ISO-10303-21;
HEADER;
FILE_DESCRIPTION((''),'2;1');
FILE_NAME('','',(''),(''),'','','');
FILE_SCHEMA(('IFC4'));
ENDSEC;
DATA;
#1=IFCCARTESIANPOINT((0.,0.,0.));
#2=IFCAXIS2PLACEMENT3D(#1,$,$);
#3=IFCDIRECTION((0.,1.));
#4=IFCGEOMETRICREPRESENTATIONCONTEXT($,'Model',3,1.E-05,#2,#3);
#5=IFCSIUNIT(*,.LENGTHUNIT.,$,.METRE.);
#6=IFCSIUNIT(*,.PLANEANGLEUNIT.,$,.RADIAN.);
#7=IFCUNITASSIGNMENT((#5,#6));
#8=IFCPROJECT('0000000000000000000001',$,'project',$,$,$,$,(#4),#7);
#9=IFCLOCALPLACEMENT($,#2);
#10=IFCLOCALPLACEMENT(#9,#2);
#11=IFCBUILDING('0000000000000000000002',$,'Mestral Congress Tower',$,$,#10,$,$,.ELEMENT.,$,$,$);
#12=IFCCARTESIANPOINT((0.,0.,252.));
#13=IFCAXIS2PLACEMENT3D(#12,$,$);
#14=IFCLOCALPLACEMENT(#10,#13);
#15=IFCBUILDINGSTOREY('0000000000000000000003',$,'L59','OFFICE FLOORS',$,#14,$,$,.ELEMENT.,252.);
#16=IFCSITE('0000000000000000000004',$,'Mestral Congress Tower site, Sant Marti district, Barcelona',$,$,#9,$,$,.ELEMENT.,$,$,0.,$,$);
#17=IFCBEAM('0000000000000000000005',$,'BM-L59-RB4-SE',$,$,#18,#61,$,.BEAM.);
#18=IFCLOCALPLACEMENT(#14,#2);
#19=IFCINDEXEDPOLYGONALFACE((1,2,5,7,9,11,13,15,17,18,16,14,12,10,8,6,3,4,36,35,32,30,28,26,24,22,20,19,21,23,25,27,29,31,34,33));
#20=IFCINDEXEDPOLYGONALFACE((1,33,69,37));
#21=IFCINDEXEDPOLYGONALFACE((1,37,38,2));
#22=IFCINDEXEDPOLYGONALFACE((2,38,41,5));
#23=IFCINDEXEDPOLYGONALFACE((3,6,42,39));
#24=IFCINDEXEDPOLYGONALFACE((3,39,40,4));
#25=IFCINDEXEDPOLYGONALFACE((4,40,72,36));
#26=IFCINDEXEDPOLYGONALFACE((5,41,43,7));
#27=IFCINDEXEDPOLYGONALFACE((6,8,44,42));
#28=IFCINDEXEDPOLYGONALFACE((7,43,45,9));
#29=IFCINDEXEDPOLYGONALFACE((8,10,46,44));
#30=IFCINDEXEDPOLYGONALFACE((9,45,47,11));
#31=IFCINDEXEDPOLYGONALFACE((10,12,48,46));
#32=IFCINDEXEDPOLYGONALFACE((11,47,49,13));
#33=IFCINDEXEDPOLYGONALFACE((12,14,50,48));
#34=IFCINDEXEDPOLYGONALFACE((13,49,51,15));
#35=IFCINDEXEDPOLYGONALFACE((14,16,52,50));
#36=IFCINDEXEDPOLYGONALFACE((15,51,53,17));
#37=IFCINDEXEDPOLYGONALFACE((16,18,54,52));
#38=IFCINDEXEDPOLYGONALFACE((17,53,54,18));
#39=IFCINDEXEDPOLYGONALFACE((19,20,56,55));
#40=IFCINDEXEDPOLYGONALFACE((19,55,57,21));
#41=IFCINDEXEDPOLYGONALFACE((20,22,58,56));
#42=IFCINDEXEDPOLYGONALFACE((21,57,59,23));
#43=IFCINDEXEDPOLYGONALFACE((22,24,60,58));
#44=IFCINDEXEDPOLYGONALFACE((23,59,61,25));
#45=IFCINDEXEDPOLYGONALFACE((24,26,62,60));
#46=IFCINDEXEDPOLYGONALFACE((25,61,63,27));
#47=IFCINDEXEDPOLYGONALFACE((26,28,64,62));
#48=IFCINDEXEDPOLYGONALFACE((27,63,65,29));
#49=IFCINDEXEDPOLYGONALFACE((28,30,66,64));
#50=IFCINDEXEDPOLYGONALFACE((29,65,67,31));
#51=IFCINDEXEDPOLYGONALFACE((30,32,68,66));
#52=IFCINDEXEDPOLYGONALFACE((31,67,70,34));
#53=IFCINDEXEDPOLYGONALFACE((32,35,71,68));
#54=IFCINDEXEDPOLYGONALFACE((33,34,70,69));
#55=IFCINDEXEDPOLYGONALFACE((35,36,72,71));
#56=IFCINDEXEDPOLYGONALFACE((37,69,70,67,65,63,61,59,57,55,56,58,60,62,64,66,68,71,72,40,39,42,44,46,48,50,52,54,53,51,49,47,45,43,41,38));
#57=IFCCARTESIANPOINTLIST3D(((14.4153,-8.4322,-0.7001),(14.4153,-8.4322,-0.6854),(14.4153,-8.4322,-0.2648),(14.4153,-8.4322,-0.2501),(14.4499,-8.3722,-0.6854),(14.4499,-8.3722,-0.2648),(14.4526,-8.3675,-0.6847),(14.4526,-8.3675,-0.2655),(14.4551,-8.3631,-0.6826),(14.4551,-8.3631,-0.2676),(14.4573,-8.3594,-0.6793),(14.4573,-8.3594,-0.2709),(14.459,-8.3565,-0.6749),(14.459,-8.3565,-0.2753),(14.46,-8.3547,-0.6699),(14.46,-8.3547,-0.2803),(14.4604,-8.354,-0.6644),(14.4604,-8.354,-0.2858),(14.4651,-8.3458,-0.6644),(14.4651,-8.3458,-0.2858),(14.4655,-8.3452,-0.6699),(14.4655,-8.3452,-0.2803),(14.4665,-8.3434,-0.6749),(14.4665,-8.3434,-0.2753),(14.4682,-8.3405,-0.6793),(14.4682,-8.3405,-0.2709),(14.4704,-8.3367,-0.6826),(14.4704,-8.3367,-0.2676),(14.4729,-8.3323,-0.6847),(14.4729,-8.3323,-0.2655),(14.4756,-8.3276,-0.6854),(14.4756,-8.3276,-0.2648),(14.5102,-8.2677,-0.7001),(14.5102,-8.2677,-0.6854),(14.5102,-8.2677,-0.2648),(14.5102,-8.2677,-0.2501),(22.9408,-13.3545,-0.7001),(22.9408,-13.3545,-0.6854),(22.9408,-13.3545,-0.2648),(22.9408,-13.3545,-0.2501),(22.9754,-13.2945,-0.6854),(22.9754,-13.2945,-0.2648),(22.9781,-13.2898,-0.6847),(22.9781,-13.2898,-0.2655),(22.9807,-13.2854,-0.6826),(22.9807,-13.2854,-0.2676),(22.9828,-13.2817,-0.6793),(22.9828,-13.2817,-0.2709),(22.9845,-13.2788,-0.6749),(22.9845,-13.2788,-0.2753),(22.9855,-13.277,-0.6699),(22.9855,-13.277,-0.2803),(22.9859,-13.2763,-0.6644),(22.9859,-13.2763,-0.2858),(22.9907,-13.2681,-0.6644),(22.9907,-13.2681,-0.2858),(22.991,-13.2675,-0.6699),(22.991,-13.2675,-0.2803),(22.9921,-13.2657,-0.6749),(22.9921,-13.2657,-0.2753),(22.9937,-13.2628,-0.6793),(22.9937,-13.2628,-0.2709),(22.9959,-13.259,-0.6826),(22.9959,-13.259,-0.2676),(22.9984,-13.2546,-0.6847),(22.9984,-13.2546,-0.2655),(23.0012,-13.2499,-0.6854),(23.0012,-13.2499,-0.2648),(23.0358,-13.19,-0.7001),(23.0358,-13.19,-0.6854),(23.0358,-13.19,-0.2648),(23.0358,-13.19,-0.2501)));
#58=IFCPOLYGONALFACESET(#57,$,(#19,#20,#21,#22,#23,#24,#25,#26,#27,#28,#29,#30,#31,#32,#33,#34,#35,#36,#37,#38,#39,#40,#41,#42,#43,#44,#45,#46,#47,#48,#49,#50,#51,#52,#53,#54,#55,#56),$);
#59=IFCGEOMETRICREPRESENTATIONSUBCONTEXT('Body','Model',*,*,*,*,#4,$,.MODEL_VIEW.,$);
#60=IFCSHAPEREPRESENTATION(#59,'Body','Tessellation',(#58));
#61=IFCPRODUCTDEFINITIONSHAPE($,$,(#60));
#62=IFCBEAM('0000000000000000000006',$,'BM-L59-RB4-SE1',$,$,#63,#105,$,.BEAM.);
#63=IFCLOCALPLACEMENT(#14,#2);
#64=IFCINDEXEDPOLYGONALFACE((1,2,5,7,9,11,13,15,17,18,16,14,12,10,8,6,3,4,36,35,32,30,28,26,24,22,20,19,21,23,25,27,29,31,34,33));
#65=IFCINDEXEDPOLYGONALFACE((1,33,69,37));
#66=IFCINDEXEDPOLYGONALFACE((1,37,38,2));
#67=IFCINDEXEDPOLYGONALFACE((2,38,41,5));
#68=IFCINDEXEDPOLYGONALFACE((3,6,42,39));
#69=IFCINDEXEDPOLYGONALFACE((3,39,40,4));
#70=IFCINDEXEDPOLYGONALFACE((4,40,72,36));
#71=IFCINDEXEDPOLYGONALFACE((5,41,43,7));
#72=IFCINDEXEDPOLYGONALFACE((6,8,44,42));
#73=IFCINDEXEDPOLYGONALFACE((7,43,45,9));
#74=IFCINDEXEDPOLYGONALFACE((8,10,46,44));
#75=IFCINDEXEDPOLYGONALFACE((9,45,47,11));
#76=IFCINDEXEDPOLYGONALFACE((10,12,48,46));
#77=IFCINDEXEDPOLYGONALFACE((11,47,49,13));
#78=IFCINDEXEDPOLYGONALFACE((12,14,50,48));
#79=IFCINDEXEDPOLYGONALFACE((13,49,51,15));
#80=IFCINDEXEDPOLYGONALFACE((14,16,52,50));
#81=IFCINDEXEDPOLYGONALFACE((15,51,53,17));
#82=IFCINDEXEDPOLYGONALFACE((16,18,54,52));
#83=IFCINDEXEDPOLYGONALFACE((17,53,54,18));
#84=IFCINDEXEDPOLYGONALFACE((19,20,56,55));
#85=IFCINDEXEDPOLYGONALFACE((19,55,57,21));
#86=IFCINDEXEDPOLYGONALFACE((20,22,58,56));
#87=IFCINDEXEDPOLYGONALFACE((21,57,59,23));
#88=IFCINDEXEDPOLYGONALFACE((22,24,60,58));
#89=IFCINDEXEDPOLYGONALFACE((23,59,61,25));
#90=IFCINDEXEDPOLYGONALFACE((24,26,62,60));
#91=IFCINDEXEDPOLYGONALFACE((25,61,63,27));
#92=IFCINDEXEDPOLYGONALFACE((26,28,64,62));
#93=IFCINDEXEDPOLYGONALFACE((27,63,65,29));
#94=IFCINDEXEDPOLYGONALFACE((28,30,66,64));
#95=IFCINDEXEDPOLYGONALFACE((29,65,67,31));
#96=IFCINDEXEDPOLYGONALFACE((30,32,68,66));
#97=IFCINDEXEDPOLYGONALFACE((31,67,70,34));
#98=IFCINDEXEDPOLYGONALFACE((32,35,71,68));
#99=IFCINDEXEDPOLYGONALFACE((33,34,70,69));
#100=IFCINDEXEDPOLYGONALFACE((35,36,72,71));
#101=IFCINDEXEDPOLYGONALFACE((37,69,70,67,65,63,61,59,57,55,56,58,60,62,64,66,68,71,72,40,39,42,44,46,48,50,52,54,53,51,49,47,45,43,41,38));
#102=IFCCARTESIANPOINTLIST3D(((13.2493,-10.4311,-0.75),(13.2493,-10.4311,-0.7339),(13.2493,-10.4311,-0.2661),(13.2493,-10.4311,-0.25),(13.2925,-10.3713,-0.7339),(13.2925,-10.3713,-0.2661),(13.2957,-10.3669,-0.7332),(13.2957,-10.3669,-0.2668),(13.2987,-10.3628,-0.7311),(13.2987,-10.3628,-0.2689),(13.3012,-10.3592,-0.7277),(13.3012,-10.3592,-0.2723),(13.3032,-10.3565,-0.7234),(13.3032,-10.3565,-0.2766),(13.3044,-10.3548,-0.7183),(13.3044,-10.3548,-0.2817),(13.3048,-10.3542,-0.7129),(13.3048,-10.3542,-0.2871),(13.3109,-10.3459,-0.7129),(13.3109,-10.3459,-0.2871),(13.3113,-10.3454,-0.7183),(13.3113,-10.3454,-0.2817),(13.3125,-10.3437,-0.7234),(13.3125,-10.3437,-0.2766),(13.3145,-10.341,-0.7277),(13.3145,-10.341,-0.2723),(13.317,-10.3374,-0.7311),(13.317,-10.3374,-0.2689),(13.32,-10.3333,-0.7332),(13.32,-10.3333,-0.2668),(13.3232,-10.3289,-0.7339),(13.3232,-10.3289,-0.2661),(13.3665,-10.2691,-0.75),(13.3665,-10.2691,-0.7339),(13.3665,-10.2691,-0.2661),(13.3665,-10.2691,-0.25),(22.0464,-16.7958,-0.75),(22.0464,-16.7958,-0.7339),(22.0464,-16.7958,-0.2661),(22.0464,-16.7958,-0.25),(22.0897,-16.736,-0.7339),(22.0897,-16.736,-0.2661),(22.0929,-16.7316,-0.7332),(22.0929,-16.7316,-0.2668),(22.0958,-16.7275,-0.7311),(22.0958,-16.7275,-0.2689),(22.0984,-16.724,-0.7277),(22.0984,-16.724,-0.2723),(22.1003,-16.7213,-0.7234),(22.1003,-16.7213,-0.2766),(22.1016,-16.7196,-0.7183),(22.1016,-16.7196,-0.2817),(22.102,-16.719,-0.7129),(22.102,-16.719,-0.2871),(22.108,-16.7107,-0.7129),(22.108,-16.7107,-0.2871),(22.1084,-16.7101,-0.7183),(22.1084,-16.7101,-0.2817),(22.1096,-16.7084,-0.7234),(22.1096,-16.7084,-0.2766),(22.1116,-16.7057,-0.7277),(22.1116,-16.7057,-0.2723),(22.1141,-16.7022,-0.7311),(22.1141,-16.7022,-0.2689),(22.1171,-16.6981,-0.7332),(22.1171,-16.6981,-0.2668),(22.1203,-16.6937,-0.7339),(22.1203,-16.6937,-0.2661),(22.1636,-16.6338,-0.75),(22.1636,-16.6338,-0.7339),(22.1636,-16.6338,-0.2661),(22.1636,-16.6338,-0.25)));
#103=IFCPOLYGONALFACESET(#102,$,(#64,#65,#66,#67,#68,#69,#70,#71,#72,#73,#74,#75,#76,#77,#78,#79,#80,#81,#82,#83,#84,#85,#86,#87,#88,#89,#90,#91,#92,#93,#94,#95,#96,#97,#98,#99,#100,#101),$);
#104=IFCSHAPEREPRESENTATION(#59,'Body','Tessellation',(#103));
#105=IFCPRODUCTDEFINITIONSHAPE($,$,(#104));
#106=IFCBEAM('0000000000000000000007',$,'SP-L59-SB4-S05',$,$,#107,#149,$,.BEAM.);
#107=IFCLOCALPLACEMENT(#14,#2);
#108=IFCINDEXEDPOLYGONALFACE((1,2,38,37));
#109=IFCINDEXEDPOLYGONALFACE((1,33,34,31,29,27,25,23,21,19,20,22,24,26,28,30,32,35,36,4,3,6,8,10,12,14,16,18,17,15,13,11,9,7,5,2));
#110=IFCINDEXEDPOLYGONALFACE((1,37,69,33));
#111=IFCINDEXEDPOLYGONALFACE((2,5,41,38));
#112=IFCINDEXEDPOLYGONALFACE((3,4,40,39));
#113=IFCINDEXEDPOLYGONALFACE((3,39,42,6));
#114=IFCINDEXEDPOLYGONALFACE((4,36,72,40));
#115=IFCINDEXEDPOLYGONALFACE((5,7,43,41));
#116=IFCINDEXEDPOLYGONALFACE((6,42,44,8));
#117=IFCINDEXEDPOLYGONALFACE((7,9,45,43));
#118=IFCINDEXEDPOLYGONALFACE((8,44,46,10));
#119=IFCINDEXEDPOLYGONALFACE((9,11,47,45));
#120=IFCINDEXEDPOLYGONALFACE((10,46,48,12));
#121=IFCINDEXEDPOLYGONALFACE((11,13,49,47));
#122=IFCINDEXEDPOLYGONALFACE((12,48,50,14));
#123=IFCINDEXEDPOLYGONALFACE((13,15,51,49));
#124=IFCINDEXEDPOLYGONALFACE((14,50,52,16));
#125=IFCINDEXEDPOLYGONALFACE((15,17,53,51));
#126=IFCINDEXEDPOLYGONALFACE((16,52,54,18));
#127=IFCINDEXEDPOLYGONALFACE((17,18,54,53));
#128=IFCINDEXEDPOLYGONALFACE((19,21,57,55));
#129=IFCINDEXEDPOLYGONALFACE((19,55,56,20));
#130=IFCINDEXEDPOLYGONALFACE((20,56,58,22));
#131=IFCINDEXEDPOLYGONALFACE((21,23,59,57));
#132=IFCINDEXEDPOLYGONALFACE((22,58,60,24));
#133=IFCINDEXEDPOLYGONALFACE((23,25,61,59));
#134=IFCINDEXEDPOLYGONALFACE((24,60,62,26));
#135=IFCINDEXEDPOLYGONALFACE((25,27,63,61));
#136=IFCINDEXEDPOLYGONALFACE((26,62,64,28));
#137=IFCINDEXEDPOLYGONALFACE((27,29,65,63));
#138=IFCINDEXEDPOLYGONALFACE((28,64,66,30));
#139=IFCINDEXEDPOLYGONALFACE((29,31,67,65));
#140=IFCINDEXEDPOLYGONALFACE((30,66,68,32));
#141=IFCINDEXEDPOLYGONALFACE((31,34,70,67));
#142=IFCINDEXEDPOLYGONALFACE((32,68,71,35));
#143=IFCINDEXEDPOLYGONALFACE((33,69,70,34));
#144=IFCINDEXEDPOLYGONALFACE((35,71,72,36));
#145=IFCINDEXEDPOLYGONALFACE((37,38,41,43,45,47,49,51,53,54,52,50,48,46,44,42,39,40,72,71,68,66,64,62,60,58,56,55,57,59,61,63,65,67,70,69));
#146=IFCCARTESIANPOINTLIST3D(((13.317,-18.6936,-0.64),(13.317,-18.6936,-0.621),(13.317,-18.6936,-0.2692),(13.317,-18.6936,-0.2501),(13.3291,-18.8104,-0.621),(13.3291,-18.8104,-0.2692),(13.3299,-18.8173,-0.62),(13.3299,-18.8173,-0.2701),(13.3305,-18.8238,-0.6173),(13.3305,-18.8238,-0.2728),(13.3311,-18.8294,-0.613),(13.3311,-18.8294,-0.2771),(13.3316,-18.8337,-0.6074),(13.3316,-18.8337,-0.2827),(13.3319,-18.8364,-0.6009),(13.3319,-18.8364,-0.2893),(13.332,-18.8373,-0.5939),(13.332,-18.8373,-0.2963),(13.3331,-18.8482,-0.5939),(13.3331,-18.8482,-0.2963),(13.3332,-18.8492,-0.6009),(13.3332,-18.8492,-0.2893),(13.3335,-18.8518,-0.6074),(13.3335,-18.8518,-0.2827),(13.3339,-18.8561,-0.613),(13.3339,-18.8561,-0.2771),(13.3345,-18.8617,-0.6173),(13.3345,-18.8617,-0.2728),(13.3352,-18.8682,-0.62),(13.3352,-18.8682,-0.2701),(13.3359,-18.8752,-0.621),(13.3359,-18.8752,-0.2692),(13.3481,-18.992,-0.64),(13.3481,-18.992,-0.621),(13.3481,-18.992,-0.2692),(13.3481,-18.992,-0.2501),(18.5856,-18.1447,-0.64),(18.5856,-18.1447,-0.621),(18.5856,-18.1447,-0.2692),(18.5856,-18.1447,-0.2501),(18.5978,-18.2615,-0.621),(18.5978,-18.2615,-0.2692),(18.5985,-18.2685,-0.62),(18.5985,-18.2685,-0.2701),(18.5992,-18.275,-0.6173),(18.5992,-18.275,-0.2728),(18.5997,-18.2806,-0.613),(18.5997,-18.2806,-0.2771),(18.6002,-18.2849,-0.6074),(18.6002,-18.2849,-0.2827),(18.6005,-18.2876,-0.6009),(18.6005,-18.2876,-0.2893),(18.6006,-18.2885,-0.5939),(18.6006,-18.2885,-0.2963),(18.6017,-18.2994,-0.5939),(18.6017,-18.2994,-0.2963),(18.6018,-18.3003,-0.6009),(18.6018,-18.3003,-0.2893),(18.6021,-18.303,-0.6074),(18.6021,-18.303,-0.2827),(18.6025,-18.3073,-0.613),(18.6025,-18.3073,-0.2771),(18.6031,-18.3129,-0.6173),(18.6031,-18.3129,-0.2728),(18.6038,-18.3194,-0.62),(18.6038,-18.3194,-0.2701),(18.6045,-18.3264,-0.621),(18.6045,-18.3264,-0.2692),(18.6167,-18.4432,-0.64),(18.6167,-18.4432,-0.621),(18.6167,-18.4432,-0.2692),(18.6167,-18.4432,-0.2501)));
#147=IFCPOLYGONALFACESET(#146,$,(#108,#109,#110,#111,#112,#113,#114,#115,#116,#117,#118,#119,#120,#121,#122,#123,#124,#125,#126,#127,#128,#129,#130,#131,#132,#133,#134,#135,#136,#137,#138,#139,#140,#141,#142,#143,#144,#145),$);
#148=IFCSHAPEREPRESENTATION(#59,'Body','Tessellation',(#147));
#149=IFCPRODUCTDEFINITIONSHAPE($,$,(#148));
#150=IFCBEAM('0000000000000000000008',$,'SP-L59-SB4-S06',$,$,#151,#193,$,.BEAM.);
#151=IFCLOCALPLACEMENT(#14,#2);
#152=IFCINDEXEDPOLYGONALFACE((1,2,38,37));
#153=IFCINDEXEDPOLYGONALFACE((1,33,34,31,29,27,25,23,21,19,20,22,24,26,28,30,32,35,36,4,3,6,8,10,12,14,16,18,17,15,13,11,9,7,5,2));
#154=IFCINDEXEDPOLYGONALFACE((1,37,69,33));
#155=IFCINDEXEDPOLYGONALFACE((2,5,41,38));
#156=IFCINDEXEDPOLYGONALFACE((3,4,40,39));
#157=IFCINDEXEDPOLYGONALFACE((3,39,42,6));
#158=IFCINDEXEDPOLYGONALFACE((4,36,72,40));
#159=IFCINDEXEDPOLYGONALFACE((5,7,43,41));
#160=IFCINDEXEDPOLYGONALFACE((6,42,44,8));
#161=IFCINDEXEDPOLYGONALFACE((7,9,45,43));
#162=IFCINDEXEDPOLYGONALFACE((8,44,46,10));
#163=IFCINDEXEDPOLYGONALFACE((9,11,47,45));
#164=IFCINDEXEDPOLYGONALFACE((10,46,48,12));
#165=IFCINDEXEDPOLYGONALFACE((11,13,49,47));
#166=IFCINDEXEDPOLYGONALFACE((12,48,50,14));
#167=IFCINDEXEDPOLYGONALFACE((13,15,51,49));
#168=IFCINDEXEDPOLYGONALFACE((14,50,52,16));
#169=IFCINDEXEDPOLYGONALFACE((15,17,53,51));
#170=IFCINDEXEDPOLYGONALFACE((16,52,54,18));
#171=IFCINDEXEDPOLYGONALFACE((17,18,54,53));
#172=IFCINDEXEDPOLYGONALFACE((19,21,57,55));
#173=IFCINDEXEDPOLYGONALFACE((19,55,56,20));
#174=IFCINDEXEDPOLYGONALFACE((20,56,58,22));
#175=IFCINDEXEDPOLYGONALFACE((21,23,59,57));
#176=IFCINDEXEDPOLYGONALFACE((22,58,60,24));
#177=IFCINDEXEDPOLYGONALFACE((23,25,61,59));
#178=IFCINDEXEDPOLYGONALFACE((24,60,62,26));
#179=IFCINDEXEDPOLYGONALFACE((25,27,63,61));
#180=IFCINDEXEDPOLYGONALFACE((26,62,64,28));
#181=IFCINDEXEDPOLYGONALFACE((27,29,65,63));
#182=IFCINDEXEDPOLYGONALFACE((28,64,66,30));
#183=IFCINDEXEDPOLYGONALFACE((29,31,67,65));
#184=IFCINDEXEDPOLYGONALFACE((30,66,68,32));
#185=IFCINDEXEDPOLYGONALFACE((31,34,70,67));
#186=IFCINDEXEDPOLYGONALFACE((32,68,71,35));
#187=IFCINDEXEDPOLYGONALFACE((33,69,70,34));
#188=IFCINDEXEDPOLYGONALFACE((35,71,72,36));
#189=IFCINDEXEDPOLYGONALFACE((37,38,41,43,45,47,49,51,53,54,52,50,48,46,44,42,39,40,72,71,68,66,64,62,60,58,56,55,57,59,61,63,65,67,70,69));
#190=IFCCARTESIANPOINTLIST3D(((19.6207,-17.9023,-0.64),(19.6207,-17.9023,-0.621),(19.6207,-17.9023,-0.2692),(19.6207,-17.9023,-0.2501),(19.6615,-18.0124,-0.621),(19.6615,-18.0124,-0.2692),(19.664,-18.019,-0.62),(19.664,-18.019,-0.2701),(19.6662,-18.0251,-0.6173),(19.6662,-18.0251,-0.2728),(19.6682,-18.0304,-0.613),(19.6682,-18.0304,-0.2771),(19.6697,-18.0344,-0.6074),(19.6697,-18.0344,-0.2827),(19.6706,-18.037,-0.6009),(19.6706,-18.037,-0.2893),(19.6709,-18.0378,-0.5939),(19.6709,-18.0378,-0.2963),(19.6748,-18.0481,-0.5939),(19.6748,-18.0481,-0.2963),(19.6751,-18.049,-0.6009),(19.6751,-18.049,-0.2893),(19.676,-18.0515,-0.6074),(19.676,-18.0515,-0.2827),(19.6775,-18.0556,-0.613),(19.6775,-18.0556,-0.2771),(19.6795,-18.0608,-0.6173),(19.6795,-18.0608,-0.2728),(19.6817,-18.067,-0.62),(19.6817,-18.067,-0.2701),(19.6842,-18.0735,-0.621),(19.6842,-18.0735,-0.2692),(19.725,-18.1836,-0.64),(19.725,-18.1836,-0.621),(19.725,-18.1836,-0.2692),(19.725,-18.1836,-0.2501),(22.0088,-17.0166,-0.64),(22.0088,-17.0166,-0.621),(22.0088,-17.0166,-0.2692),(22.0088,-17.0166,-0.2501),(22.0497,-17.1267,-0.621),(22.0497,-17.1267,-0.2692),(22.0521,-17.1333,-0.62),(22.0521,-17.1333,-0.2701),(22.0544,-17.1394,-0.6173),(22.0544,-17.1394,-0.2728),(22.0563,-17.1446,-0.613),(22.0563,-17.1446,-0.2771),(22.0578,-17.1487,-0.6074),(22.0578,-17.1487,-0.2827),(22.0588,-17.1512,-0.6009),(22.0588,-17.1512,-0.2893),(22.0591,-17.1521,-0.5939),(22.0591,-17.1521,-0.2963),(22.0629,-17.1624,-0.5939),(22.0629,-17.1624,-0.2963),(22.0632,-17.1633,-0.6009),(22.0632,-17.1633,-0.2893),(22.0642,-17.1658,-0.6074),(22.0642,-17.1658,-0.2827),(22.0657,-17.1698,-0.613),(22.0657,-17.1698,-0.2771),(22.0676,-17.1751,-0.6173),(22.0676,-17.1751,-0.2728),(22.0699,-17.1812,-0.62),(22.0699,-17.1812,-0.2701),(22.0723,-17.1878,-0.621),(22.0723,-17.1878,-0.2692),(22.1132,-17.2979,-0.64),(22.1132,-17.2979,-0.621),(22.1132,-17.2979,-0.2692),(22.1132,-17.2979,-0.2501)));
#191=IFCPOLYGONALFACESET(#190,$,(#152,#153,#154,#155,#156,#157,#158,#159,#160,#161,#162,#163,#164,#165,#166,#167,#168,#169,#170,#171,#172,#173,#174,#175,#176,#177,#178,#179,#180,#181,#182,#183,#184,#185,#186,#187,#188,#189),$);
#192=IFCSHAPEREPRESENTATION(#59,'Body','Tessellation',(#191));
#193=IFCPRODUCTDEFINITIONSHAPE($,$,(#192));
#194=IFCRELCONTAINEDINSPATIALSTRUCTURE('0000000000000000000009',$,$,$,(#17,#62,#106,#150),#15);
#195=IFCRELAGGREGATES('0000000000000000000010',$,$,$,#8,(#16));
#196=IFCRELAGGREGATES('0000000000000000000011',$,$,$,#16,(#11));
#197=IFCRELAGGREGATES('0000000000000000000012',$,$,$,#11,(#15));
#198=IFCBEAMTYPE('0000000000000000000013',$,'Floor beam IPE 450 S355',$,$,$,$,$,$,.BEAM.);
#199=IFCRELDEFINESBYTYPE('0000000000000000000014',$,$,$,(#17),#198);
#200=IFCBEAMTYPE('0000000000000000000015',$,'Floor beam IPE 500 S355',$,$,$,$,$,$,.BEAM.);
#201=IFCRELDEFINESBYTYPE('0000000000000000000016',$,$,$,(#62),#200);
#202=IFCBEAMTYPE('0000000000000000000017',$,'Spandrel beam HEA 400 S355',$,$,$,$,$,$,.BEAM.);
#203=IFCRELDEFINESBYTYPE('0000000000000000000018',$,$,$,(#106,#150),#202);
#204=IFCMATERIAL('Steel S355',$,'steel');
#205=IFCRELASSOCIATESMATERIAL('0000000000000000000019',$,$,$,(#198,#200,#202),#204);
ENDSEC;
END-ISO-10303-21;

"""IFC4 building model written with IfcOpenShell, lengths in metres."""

from ifc_helpers import new_model, si_unit, direction, frame, origin, origin_2d, place, context, subcontext, project, spatial, i_section, extrude, material, material_profile, profile_set, type_object, element, save


model = new_model("IFC4")

# Units and contexts
model_context = context("Model", 3, precision=1e-05, world=origin(), true_north=direction((0.0, 1.0)))
body_context = subcontext(model_context, "Body", "Model", "MODEL_VIEW")
ifc_project = project(units=[si_unit("LENGTHUNIT", "METRE"), si_unit("PLANEANGLEUNIT", "RADIAN")], contexts=[model_context])

# Site, building, storey
site_placement = place(None, origin())
site = spatial("IfcSite", under=ifc_project, at=site_placement, Name="Mestral Congress Tower site, Sant Marti district, Barcelona", CompositionType="ELEMENT", RefElevation=0.0)
building_placement = place(site_placement, origin())
building = spatial("IfcBuilding", under=site, at=building_placement, Name="Mestral Congress Tower", CompositionType="ELEMENT")
storey_placement = place(building_placement, frame((0.0, 0.0, 252.0)))
storey = spatial("IfcBuildingStorey", under=building, at=storey_placement, Name="L59", Description="OFFICE FLOORS", CompositionType="ELEMENT", Elevation=252.0)

# Beams
ifc_material_1 = material(Name="Steel S355", Category="steel")
ifc_material_profile_1 = material_profile(ifc_material_1, i_section(OverallWidth=0.1899, OverallDepth=0.45, WebThickness=0.0095, FlangeThickness=0.0146, FilletRadius=0.021, at=origin_2d()), Name="IPE 450")
ifc_profile_set_1 = profile_set([ifc_material_profile_1], Name="Steel S355")
beam_type_1 = type_object("IfcBeamType", Name="Floor beam IPE 450 S355", PredefinedType="BEAM", material=ifc_profile_set_1)
beam_1_placement = place(storey_placement, frame((22.9883, -13.2722, -0.4751), z_axis=(-0.866022, 0.500007, 0.0), x_axis=(-0.500007, -0.866022, 0.0)))
element("IfcBeam", 1, at=beam_1_placement, inside=storey, type_object=beam_type_1, Name="BM-L59-RB4-SE", PredefinedType="BEAM", context=body_context, shape_type="SweptSolid", body=[
    extrude(i_section(OverallWidth=0.1899, OverallDepth=0.45, WebThickness=0.0095, FlangeThickness=0.0146, FilletRadius=0.021, at=origin_2d()), origin(), (0.0, 0.0, 1.0), 9.8445),
])
ifc_material_profile_2 = material_profile(ifc_material_1, i_section(OverallWidth=0.2, OverallDepth=0.5, WebThickness=0.0103, FlangeThickness=0.0161, FilletRadius=0.021, at=origin_2d()), Name="IPE 500")
ifc_profile_set_2 = profile_set([ifc_material_profile_2], Name="Steel S355")
beam_type_2 = type_object("IfcBeamType", Name="Floor beam IPE 500 S355", PredefinedType="BEAM", material=ifc_profile_set_2)
beam_2_placement = place(storey_placement, frame((22.105, -16.7148, -0.5), z_axis=(-0.810186, 0.586173, 0.0), x_axis=(-0.586173, -0.810186, 0.0)))
element("IfcBeam", 2, at=beam_2_placement, inside=storey, type_object=beam_type_2, Name="BM-L59-RB4-SE1", PredefinedType="BEAM", context=body_context, shape_type="SweptSolid", body=[
    extrude(i_section(OverallWidth=0.2, OverallDepth=0.5, WebThickness=0.0103, FlangeThickness=0.0161, FilletRadius=0.021, at=origin_2d()), origin(), (0.0, 0.0, 1.0), 10.8582),
])
ifc_material_profile_3 = material_profile(ifc_material_1, i_section(OverallWidth=0.3, OverallDepth=0.3899, WebThickness=0.011, FlangeThickness=0.019, FilletRadius=0.0271, at=origin_2d()), Name="HEA 400")
ifc_profile_set_3 = profile_set([ifc_material_profile_3], Name="Steel S355")
beam_type_3 = type_object("IfcBeamType", Name="Spandrel beam HEA 400 S355", PredefinedType="BEAM", material=ifc_profile_set_3)
beam_3_placement = place(storey_placement, frame((13.3325, -18.8428, -0.4451), z_axis=(0.994618, 0.10361, 0.0), x_axis=(-0.10361, 0.994618, 0.0)))
element("IfcBeam", 3, at=beam_3_placement, inside=storey, type_object=beam_type_3, Name="SP-L59-SB4-S05", PredefinedType="BEAM", context=body_context, shape_type="SweptSolid", body=[
    extrude(i_section(OverallWidth=0.3, OverallDepth=0.3899, WebThickness=0.011, FlangeThickness=0.019, FilletRadius=0.0271, at=origin_2d()), origin(), (0.0, 0.0, 1.0), 5.2971),
])
beam_4_placement = place(storey_placement, frame((19.6729, -18.043, -0.4451), z_axis=(0.937591, 0.347739, 0.0), x_axis=(-0.347739, 0.937591, 0.0)))
element("IfcBeam", 4, at=beam_4_placement, inside=storey, type_object=beam_type_3, Name="SP-L59-SB4-S06", PredefinedType="BEAM", context=body_context, shape_type="SweptSolid", body=[
    extrude(i_section(OverallWidth=0.3, OverallDepth=0.3899, WebThickness=0.011, FlangeThickness=0.019, FilletRadius=0.0271, at=origin_2d()), origin(), (0.0, 0.0, 1.0), 2.5471),
])

save(model, "model.ifc")
